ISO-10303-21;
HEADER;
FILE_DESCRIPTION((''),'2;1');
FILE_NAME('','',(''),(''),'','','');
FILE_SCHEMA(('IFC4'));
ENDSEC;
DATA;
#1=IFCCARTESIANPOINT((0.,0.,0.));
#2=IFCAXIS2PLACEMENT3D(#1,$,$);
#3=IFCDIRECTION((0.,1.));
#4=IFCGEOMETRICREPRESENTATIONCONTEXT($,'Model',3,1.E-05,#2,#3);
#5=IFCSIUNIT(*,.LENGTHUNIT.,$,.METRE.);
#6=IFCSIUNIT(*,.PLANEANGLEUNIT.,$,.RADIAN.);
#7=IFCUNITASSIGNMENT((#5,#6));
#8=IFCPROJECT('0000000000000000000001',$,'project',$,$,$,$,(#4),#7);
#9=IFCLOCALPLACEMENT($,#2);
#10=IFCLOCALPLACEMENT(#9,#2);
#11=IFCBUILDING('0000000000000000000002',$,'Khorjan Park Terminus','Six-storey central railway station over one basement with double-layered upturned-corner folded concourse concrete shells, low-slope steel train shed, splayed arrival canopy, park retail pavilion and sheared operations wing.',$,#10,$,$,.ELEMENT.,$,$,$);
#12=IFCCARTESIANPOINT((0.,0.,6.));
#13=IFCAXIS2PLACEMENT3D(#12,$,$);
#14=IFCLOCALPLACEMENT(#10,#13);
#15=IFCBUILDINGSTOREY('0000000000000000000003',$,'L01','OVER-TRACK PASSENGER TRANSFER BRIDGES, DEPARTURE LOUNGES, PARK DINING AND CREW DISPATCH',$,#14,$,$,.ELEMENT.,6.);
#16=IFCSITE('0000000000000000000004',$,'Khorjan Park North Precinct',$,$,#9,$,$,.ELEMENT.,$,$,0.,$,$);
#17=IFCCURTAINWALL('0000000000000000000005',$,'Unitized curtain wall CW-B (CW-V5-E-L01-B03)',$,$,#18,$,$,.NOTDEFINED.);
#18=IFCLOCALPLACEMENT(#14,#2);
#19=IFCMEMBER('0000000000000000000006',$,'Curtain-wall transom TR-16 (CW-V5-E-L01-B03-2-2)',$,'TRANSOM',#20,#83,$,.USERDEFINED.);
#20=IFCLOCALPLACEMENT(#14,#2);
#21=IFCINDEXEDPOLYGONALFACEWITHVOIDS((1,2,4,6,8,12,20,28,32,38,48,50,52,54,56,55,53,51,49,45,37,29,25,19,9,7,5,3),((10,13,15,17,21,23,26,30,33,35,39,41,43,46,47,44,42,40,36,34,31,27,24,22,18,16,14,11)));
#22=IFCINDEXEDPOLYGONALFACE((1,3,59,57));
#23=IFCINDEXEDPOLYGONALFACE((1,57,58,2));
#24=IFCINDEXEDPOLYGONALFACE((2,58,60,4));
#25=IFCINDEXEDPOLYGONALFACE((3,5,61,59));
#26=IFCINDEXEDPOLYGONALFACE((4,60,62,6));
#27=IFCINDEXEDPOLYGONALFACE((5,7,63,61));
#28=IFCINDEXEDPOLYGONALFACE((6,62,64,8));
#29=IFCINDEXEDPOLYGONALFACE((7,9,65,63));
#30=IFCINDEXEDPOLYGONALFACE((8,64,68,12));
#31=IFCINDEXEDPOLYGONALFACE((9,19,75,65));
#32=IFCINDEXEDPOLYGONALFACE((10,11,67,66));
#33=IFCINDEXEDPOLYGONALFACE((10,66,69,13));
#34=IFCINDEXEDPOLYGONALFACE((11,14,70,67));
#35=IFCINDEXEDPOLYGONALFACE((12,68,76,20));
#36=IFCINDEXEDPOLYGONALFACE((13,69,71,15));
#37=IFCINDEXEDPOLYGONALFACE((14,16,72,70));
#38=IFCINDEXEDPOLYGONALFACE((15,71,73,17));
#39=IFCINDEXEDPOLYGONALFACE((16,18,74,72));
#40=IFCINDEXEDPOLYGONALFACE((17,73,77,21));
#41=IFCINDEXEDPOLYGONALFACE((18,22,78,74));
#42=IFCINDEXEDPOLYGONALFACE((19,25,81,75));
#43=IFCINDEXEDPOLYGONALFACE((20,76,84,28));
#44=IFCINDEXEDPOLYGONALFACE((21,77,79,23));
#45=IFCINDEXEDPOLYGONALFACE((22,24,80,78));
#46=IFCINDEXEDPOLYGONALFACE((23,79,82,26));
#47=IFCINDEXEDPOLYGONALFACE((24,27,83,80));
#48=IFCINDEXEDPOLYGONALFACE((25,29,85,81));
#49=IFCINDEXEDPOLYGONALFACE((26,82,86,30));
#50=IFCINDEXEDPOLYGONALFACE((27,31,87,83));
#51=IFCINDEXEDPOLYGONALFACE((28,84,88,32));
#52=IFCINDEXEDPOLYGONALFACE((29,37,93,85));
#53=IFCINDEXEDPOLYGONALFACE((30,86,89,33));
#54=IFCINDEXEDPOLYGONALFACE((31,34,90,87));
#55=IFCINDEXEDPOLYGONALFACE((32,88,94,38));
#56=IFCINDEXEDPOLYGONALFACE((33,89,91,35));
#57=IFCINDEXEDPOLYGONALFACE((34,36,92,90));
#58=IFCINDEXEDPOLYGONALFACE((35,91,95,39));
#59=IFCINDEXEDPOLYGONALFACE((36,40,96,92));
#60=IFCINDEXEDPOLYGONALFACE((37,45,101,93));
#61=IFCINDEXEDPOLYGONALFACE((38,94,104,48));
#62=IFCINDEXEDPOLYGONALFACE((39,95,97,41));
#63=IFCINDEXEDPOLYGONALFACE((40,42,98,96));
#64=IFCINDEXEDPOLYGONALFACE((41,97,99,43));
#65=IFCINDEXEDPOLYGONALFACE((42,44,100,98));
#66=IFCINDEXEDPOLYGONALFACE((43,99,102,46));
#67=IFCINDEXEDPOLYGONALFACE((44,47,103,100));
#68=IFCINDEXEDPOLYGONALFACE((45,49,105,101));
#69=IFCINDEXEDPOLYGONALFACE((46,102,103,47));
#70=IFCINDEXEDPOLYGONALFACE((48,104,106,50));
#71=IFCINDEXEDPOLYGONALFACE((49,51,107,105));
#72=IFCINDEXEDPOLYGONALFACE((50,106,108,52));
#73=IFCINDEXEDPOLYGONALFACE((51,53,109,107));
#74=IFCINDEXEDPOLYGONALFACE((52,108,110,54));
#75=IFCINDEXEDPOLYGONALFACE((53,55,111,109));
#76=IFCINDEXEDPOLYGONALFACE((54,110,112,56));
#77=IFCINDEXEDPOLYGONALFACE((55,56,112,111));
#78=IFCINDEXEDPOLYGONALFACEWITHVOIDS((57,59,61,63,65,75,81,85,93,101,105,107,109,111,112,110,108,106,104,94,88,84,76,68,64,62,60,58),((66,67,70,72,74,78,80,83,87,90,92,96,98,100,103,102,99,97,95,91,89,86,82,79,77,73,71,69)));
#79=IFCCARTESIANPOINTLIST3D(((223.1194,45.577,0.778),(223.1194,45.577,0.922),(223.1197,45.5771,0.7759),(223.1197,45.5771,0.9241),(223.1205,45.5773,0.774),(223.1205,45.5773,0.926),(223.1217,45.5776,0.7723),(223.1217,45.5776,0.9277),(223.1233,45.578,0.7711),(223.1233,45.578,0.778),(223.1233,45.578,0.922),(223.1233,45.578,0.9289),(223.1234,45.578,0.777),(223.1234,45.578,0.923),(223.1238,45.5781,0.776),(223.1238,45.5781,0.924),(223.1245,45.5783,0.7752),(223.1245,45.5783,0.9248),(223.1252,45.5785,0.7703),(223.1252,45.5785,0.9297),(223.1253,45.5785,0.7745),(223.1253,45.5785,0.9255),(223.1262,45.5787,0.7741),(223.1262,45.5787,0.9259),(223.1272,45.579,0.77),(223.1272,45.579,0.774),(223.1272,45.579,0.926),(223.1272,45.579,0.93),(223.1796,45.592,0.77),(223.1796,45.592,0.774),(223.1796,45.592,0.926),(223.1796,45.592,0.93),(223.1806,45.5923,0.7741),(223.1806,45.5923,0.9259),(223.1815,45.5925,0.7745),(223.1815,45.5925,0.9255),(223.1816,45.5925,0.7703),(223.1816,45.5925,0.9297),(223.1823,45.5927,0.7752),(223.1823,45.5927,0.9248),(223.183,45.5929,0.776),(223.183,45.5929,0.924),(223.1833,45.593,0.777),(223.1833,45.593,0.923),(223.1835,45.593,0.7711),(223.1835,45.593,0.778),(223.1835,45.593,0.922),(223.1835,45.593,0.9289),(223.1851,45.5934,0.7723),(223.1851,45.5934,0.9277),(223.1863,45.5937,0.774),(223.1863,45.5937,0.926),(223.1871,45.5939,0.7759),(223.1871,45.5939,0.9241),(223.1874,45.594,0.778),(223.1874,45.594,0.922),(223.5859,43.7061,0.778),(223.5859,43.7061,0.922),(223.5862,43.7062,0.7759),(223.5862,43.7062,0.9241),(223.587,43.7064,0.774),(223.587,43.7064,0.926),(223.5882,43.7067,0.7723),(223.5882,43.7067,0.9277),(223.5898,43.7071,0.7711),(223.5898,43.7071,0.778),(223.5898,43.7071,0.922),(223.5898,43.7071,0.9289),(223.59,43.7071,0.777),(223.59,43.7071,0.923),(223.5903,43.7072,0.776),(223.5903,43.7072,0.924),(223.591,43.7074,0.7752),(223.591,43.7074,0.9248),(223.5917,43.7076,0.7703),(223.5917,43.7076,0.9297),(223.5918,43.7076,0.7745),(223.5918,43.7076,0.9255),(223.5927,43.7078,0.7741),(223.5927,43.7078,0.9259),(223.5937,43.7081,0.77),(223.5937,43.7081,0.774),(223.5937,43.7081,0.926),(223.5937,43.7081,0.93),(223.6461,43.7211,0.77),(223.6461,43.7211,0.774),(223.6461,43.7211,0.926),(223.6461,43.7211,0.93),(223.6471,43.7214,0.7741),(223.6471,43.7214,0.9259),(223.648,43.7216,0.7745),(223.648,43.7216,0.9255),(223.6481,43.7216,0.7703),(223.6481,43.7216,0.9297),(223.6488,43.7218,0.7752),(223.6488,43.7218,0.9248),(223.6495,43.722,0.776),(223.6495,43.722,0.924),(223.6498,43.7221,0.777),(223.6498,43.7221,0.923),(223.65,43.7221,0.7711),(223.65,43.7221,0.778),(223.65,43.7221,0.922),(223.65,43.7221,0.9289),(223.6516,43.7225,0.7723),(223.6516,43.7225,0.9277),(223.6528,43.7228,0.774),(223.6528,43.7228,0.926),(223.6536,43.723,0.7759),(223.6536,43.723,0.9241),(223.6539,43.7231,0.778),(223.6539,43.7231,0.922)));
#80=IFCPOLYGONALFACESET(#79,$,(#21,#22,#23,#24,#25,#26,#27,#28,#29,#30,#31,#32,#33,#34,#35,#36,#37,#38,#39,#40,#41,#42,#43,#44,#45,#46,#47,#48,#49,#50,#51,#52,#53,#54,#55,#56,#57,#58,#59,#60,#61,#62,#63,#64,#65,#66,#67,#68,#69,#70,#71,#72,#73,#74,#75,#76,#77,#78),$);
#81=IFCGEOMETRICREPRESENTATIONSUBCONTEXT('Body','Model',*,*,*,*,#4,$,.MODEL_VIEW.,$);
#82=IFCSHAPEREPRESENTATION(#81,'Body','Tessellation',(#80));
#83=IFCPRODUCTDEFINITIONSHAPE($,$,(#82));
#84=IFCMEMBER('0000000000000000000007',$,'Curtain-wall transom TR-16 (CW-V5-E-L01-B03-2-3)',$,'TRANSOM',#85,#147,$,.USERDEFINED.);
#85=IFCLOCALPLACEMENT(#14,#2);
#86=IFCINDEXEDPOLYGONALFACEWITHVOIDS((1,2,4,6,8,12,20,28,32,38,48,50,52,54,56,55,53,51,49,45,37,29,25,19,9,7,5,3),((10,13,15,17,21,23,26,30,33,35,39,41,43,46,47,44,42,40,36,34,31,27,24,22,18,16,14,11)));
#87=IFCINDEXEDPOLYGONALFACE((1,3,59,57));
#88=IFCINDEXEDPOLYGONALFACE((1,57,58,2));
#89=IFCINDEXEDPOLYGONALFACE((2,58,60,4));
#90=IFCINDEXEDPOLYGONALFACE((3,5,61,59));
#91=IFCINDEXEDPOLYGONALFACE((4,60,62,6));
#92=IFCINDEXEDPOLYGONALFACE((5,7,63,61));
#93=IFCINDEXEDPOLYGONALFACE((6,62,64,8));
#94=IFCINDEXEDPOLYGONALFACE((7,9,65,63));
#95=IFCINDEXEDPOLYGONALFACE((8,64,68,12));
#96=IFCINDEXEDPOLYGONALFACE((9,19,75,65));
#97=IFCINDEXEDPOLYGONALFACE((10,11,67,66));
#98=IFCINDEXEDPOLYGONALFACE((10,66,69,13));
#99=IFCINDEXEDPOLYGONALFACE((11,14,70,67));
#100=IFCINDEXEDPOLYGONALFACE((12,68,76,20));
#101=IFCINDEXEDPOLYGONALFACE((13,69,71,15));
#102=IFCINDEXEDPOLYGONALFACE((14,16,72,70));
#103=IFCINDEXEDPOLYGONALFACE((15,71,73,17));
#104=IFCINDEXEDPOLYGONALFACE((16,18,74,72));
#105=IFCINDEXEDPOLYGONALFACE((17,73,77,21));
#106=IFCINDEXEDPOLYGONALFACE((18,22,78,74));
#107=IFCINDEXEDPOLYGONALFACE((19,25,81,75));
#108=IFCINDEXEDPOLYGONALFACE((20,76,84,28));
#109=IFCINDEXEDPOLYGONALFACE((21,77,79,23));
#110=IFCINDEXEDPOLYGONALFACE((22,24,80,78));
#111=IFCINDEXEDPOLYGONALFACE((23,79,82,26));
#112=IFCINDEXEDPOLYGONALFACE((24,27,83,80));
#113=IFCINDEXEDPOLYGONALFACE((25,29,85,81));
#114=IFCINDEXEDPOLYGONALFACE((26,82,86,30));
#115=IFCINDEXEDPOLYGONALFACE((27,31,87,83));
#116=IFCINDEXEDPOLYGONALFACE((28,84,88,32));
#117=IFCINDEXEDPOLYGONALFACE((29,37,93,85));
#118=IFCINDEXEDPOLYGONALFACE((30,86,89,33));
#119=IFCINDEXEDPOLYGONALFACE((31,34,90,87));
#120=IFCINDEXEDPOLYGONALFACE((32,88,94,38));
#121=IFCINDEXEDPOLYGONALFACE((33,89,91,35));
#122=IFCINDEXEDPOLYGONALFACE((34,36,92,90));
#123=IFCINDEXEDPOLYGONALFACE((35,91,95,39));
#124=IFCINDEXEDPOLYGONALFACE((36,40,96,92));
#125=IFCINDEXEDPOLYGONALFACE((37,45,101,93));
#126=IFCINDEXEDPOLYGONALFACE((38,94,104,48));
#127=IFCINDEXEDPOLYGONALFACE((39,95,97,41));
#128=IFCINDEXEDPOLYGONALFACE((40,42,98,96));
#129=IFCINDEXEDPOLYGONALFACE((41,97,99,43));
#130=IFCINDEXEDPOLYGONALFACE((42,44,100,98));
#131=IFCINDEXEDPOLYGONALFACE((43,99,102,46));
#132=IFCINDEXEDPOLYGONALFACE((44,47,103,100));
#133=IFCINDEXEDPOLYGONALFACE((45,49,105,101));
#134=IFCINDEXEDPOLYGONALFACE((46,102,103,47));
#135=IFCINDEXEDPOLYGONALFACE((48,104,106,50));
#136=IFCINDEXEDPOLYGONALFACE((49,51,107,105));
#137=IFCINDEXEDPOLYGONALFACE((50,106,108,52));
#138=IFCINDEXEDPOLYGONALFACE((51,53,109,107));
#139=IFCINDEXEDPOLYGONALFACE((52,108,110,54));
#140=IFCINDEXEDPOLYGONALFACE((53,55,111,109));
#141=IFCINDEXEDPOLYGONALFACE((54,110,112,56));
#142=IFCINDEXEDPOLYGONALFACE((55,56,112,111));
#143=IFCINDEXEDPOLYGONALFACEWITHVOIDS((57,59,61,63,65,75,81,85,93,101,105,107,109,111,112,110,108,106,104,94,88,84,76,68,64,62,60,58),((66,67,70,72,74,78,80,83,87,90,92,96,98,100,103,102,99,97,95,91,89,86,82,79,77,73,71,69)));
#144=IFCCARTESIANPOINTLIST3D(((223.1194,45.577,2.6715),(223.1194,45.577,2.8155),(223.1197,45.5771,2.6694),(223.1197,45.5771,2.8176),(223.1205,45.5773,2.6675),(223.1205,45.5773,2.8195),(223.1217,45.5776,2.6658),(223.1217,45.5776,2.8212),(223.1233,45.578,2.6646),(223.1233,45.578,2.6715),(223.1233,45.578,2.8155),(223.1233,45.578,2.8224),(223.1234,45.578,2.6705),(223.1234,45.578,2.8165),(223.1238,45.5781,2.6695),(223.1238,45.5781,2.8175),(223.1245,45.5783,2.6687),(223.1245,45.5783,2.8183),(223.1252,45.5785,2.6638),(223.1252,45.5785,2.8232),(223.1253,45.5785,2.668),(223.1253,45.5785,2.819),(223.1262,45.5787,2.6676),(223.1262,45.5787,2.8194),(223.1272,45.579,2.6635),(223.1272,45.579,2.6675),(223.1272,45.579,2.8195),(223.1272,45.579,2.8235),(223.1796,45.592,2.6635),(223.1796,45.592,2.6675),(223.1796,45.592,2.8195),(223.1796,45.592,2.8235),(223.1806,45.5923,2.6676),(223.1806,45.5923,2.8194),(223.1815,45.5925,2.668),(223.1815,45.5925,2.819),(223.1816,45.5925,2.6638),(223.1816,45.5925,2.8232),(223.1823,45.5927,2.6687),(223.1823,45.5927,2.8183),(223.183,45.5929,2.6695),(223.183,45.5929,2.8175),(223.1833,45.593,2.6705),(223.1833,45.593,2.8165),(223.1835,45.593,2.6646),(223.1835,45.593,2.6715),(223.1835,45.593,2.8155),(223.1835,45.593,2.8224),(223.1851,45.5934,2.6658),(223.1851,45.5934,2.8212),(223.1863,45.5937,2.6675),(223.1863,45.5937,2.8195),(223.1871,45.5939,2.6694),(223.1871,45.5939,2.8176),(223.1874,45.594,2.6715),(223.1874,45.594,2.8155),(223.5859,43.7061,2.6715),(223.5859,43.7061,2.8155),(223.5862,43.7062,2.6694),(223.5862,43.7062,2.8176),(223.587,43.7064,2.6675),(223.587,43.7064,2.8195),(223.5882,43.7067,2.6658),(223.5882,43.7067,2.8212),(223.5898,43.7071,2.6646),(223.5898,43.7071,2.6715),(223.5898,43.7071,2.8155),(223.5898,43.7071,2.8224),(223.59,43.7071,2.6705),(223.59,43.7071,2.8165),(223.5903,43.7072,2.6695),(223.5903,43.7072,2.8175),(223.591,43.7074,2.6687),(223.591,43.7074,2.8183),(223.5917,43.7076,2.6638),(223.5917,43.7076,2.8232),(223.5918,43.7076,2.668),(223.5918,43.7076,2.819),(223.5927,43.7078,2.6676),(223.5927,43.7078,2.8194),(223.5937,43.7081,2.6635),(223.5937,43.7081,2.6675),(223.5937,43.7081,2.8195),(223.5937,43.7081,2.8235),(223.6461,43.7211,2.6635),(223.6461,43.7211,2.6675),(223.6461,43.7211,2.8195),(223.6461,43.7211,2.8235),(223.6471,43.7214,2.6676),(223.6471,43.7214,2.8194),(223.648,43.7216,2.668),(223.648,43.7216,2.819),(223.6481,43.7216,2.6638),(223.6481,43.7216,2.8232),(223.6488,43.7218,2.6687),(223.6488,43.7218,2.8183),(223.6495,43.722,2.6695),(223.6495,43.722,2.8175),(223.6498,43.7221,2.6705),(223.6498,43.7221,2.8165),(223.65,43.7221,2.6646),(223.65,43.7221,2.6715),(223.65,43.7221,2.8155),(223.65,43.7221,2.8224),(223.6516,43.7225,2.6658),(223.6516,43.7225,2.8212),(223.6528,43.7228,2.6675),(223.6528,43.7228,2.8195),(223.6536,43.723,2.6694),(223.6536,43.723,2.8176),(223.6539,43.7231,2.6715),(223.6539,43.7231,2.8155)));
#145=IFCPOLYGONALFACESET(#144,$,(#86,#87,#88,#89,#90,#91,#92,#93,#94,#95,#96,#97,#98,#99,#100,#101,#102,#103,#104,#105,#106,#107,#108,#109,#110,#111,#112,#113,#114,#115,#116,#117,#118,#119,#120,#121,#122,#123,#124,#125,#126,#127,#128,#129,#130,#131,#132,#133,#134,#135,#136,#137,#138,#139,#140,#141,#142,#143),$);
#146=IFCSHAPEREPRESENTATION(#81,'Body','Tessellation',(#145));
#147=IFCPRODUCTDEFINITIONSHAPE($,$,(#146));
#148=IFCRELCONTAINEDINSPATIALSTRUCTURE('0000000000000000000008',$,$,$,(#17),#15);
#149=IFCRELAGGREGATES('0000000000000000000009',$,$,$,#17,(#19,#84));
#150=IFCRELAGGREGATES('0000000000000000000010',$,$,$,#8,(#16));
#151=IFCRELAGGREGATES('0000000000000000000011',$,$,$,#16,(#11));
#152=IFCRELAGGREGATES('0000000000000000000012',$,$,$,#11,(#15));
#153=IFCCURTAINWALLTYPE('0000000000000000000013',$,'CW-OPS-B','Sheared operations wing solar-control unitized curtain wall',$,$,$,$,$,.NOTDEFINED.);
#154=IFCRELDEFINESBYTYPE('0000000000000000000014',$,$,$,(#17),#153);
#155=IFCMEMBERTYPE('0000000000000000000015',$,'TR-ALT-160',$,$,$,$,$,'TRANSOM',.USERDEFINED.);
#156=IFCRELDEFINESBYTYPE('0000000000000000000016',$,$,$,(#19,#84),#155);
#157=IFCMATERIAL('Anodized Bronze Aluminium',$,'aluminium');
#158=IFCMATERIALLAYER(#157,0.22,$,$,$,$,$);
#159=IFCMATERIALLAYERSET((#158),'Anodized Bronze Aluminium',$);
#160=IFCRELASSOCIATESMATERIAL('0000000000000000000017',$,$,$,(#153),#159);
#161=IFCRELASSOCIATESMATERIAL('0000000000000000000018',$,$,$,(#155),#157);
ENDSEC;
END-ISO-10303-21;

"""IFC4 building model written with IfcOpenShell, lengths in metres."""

from ifc_helpers import new_model, si_unit, direction, frame, origin, origin_2d, place, context, subcontext, project, spatial, hollow_rectangle, extrude, material, layer, layer_set, material_profile, profile_set, type_object, element, aggregate, save


model = new_model("IFC4")

# Units and contexts
model_context = context("Model", 3, precision=1e-05, world=origin(), true_north=direction((0.0, 1.0)))
body_context = subcontext(model_context, "Body", "Model", "MODEL_VIEW")
ifc_project = project(units=[si_unit("LENGTHUNIT", "METRE"), si_unit("PLANEANGLEUNIT", "RADIAN")], contexts=[model_context])

# Site, building, storey
site_placement = place(None, origin())
site = spatial("IfcSite", under=ifc_project, at=site_placement, Name="Khorjan Park North Precinct", CompositionType="ELEMENT", RefElevation=0.0)
building_placement = place(site_placement, origin())
building = spatial("IfcBuilding", under=site, at=building_placement, Name="Khorjan Park Terminus", Description="Six-storey central railway station over one basement with double-layered upturned-corner folded concourse concrete shells, low-slope steel train shed, splayed arrival canopy, park retail pavilion and sheared operations wing.", CompositionType="ELEMENT")
storey_placement = place(building_placement, frame((0.0, 0.0, 6.0)))
storey = spatial("IfcBuildingStorey", under=building, at=storey_placement, Name="L01", Description="OVER-TRACK PASSENGER TRANSFER BRIDGES, DEPARTURE LOUNGES, PARK DINING AND CREW DISPATCH", CompositionType="ELEMENT", Elevation=6.0)

# Curtain wall, members
ifc_material_1 = material(Name="Anodized Bronze Aluminium", Category="aluminium")
ifc_layer_1 = layer(ifc_material_1, 0.22)
ifc_layer_set_1 = layer_set([ifc_layer_1], Name="Anodized Bronze Aluminium")
curtain_wall_type = type_object("IfcCurtainWallType", Name="CW-OPS-B", Description="Sheared operations wing solar-control unitized curtain wall", PredefinedType="NOTDEFINED", material=ifc_layer_set_1)
curtain_wall_placement = place(storey_placement, origin())
curtain_wall = element("IfcCurtainWall", 1, at=curtain_wall_placement, inside=storey, type_object=curtain_wall_type, Name="Unitized curtain wall CW-B (CW-V5-E-L01-B03)", PredefinedType="NOTDEFINED")
ifc_material_profile_1 = material_profile(ifc_material_1, hollow_rectangle(XDim=0.07, YDim=0.16, WallThickness=0.004, InnerFilletRadius=0.004, OuterFilletRadius=0.008, at=origin_2d()), Name="ALT 70x160x4")
ifc_profile_set_1 = profile_set([ifc_material_profile_1], Name="Anodized Bronze Aluminium")
member_type_1 = type_object("IfcMemberType", Name="TR-ALT-160", ElementType="TRANSOM", PredefinedType="USERDEFINED", material=ifc_profile_set_1)
member_1_placement = place(storey_placement, frame((223.6199, 43.7146, 0.85), z_axis=(-0.241938, 0.970292, 0.0), x_axis=(-0.970292, -0.241938, 0.0)))
member_1 = element("IfcMember", 2, at=member_1_placement, type_object=member_type_1, Name="Curtain-wall transom TR-16 (CW-V5-E-L01-B03-2-2)", ObjectType="TRANSOM", PredefinedType="USERDEFINED", context=body_context, shape_type="SweptSolid", body=[
    extrude(hollow_rectangle(XDim=0.07, YDim=0.16, WallThickness=0.004, InnerFilletRadius=0.004, OuterFilletRadius=0.008, at=origin_2d()), origin(), (0.0, 0.0, 1.0), 1.9282),
])
member_2_placement = place(storey_placement, frame((223.6199, 43.7146, 2.7435), z_axis=(-0.241938, 0.970292, 0.0), x_axis=(-0.970292, -0.241938, 0.0)))
member_2 = element("IfcMember", 3, at=member_2_placement, type_object=member_type_1, Name="Curtain-wall transom TR-16 (CW-V5-E-L01-B03-2-3)", ObjectType="TRANSOM", PredefinedType="USERDEFINED", context=body_context, shape_type="SweptSolid", body=[
    extrude(hollow_rectangle(XDim=0.07, YDim=0.16, WallThickness=0.004, InnerFilletRadius=0.004, OuterFilletRadius=0.008, at=origin_2d()), origin(), (0.0, 0.0, 1.0), 1.9282),
])
aggregate(curtain_wall, [member_1, member_2])

save(model, "model.ifc")
